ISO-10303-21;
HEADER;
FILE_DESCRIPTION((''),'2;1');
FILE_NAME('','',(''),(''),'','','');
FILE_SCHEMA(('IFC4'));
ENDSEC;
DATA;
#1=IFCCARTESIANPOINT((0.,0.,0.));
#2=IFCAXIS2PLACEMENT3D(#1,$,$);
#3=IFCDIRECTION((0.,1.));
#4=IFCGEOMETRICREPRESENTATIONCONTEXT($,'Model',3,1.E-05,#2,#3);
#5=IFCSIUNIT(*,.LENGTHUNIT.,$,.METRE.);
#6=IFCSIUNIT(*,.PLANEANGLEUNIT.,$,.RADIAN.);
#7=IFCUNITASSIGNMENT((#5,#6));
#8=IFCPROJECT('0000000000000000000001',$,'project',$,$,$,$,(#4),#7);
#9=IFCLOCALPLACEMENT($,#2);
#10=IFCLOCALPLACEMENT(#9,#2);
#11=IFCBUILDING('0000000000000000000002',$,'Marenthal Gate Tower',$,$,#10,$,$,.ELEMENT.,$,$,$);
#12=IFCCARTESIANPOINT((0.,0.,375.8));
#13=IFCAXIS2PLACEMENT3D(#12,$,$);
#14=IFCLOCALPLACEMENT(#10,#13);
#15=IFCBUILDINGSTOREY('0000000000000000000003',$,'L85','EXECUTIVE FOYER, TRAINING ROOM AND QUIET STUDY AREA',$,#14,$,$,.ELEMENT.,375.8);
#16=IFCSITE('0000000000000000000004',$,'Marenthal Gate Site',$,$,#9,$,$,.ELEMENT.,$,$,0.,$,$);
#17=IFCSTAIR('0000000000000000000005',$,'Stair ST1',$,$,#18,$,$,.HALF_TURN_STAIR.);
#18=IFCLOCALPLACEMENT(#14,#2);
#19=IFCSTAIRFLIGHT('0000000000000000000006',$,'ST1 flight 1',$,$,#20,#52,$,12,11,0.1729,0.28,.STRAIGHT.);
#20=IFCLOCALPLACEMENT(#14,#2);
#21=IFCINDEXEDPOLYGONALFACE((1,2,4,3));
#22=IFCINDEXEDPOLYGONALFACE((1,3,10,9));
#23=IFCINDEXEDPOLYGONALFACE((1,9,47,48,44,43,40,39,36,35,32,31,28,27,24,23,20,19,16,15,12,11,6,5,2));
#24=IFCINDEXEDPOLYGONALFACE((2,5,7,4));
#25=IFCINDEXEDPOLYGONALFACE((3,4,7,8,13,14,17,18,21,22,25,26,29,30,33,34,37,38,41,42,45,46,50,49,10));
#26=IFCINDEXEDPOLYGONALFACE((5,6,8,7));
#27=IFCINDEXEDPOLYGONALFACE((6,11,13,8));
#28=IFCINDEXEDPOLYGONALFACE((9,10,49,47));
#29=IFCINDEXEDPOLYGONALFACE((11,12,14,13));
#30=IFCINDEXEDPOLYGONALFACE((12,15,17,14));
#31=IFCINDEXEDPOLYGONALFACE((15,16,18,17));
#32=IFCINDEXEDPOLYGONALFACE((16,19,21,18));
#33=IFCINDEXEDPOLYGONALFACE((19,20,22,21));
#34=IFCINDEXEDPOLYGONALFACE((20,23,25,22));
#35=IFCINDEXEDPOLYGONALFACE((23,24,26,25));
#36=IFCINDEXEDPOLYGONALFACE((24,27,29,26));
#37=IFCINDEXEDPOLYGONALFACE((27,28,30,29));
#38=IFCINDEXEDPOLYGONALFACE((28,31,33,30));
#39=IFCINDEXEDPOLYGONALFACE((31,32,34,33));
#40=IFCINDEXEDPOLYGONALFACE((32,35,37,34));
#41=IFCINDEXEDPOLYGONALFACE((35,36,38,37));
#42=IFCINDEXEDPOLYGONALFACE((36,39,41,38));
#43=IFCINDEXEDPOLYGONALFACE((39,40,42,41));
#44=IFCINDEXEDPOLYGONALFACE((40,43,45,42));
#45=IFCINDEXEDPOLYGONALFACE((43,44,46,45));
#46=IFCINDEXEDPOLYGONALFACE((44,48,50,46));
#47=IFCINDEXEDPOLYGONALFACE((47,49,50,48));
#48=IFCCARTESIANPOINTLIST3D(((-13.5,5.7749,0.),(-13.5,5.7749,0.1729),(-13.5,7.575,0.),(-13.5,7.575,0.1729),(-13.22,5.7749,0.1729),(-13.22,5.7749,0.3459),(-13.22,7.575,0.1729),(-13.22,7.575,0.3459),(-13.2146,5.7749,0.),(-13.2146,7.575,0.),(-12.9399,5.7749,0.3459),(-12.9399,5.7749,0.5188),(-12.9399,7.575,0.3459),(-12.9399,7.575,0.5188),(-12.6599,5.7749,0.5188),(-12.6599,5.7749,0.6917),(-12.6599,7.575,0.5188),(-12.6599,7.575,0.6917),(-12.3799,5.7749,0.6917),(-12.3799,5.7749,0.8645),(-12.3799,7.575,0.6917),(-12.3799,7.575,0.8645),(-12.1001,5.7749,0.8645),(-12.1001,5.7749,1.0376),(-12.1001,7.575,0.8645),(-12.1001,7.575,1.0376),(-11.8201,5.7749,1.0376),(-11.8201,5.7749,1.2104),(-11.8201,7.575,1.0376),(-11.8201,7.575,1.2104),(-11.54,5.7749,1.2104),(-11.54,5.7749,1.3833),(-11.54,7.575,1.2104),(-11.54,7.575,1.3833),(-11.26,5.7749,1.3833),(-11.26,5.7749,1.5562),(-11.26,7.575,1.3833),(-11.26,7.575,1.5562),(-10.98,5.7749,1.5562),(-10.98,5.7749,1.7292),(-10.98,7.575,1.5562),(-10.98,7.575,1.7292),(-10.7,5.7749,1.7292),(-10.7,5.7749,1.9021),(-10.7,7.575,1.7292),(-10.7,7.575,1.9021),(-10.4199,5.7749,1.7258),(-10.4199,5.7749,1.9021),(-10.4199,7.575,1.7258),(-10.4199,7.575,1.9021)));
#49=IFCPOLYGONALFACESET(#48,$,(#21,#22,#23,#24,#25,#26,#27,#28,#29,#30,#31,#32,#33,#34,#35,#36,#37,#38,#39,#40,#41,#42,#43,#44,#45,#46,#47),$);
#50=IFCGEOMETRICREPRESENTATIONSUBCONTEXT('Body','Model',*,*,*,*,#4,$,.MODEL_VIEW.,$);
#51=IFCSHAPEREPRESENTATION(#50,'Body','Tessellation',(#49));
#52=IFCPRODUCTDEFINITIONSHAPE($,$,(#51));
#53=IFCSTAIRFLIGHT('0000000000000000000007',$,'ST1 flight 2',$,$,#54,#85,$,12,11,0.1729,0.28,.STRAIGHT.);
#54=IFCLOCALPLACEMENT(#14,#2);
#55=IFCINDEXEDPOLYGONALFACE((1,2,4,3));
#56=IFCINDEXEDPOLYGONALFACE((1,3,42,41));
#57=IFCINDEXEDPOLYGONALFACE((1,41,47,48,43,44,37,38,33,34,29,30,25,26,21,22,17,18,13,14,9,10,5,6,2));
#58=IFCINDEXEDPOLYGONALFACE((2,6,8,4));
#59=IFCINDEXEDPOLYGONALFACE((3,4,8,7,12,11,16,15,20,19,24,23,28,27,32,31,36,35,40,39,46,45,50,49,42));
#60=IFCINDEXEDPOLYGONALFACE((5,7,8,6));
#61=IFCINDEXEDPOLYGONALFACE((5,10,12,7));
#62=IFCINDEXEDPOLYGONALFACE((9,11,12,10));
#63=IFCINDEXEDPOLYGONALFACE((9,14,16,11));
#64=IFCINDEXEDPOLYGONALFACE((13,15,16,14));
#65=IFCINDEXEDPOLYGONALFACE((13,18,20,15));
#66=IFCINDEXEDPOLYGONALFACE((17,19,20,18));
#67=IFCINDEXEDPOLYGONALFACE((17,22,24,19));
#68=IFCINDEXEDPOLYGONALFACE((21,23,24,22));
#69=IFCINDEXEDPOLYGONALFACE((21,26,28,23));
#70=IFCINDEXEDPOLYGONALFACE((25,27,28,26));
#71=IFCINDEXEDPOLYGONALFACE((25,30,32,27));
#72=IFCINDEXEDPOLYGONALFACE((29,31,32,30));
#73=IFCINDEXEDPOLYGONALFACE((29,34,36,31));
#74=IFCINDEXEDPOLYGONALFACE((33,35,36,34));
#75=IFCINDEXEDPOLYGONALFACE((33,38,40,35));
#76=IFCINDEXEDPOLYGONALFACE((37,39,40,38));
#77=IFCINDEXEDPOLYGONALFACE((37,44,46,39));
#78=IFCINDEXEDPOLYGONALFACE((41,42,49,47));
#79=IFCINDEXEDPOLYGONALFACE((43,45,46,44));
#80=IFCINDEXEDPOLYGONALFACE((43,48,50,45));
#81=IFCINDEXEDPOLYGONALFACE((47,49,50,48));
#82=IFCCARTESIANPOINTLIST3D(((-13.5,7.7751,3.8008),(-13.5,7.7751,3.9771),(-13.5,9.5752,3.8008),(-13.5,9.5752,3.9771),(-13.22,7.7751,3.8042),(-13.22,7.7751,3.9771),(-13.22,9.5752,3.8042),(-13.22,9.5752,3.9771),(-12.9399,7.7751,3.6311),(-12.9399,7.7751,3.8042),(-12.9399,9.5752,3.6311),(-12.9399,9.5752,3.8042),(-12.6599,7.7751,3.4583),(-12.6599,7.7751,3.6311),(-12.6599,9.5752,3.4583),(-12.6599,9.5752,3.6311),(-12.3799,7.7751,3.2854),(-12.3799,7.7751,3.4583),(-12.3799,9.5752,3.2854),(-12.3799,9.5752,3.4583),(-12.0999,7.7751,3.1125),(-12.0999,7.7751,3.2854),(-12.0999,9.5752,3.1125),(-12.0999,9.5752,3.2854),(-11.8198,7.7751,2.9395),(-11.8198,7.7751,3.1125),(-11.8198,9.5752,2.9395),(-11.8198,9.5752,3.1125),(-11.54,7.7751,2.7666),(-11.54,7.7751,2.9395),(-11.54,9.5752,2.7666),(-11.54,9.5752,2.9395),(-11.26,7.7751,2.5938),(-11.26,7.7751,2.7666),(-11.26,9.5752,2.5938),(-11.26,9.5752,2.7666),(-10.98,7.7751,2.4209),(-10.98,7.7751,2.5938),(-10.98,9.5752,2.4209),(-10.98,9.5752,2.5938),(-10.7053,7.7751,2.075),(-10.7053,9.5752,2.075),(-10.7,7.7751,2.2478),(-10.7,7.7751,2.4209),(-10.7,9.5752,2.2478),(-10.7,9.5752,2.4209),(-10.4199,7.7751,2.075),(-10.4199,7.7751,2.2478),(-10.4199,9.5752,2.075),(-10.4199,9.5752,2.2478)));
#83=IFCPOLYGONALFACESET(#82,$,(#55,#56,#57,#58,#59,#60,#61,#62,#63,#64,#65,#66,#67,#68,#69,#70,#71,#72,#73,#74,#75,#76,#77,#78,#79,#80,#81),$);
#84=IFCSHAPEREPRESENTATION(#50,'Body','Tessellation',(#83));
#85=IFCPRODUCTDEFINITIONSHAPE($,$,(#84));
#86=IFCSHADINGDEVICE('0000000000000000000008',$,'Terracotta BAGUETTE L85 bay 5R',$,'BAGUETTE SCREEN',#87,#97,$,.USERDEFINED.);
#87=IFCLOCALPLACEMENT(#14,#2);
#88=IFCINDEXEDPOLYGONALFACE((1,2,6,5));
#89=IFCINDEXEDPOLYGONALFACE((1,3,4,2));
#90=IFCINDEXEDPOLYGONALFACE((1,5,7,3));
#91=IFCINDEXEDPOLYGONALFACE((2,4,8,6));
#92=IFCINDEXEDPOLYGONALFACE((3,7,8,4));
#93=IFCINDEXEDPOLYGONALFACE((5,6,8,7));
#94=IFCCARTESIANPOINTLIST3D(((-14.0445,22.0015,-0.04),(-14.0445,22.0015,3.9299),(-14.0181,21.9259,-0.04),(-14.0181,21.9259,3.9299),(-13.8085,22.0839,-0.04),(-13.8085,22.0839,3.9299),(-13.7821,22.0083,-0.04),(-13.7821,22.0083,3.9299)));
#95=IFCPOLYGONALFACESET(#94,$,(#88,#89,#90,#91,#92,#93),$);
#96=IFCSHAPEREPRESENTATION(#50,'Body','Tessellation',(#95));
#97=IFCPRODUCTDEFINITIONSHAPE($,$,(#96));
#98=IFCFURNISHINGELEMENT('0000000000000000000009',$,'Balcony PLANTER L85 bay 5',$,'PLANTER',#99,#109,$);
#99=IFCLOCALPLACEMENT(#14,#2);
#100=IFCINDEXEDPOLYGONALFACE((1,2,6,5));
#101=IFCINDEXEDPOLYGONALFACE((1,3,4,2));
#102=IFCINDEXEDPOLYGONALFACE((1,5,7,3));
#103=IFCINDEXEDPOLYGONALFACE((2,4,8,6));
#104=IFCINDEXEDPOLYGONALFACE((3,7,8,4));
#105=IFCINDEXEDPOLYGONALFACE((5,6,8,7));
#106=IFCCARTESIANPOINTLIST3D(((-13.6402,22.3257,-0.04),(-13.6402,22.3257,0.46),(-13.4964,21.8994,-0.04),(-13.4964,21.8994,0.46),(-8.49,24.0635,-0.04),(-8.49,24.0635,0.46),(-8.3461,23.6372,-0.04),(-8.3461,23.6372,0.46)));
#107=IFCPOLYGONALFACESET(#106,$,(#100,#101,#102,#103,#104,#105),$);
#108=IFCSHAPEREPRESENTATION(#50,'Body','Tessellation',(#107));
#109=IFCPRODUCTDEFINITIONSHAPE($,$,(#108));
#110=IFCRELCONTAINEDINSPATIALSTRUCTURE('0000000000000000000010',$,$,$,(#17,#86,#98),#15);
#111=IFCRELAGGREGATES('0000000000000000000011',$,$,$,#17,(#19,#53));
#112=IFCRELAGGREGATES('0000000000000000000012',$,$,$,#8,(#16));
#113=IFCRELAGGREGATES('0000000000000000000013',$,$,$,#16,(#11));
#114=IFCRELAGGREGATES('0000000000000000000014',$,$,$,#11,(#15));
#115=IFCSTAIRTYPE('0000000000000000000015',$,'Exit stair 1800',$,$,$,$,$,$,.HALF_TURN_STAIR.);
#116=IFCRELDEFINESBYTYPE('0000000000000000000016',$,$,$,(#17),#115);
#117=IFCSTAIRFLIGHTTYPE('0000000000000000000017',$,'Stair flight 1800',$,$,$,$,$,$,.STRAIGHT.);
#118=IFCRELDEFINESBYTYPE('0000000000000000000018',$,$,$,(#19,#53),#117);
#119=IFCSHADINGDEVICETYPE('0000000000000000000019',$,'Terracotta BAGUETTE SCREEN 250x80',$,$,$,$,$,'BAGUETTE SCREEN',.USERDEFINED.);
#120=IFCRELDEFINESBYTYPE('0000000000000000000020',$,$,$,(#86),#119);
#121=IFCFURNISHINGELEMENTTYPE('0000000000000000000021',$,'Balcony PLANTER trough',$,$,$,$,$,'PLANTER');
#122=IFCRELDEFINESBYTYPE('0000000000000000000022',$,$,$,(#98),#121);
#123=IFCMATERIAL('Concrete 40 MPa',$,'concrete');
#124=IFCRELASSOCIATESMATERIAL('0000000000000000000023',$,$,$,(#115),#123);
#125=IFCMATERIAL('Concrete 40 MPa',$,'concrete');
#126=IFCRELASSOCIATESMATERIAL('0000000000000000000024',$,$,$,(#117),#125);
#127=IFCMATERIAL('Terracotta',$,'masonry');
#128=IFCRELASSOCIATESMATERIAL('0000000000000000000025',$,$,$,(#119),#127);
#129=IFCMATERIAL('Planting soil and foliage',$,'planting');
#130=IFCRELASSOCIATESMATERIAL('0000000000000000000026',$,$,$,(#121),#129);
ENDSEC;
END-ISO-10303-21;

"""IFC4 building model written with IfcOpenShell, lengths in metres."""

from ifc_helpers import new_model, si_unit, direction, frame, origin, origin_2d, place, context, subcontext, project, spatial, polyline, rectangle, outline, extrude, material, material_profile, profile_set, type_object, element, aggregate, save


model = new_model("IFC4")

# Units and contexts
model_context = context("Model", 3, precision=1e-05, world=origin(), true_north=direction((0.0, 1.0)))
body_context = subcontext(model_context, "Body", "Model", "MODEL_VIEW")
ifc_project = project(units=[si_unit("LENGTHUNIT", "METRE"), si_unit("PLANEANGLEUNIT", "RADIAN")], contexts=[model_context])

# Site, building, storey
site_placement = place(None, origin())
site = spatial("IfcSite", under=ifc_project, at=site_placement, Name="Marenthal Gate Site", CompositionType="ELEMENT", RefElevation=0.0)
building_placement = place(site_placement, origin())
building = spatial("IfcBuilding", under=site, at=building_placement, Name="Marenthal Gate Tower", CompositionType="ELEMENT")
storey_placement = place(building_placement, frame((0.0, 0.0, 375.8)))
storey = spatial("IfcBuildingStorey", under=building, at=storey_placement, Name="L85", Description="EXECUTIVE FOYER, TRAINING ROOM AND QUIET STUDY AREA", CompositionType="ELEMENT", Elevation=375.8)

# Stair, stair flights
ifc_material_1 = material(Name="Concrete 40 MPa", Category="concrete")
stair_type = type_object("IfcStairType", Name="Exit stair 1800", PredefinedType="HALF_TURN_STAIR", material=ifc_material_1)
stair_placement = place(storey_placement, origin())
stair = element("IfcStair", 1, at=stair_placement, inside=storey, type_object=stair_type, Name="Stair ST1", PredefinedType="HALF_TURN_STAIR")
ifc_material_2 = material(Name="Concrete 40 MPa", Category="concrete")
stair_flight_type = type_object("IfcStairFlightType", Name="Stair flight 1800", PredefinedType="STRAIGHT", material=ifc_material_2)
stair_flight_1_placement = place(storey_placement, frame((-13.5, 6.675, 0.0), z_axis=(0.0, 0.0, 1.0), x_axis=(1.0, 0.0, 0.0)))
stair_flight_1 = element("IfcStairFlight", 2, at=stair_flight_1_placement, type_object=stair_flight_type, Name="ST1 flight 1", NumberOfRisers=12, NumberOfTreads=11, PredefinedType="STRAIGHT", RiserHeight=0.1729, TreadLength=0.28, context=body_context, shape_type="SweptSolid", body=[
    extrude(outline(polyline([(0.0, 0.0), (0.0, 0.1729), (0.28, 0.1729), (0.28, 0.3459), (0.5601, 0.3459), (0.5601, 0.5188), (0.8401, 0.5188), (0.8401, 0.6917), (1.1201, 0.6917), (1.1201, 0.8645), (1.3999, 0.8645), (1.3999, 1.0376), (1.6799, 1.0376), (1.6799, 1.2104), (1.96, 1.2104), (1.96, 1.3833), (2.24, 1.3833), (2.24, 1.5562), (2.52, 1.5562), (2.52, 1.7292), (2.8, 1.7292), (2.8, 1.9021), (3.0801, 1.9021), (3.0801, 2.075), (3.0801, 1.7258), (0.2854, 0.0), (0.0, 0.0)])), frame((0.0, 0.8999, 0.0), z_axis=(0.0, -1.0, 0.0), x_axis=(1.0, 0.0, 0.0)), (0.0, 0.0, 1.0), 1.8),
])
stair_flight_2_placement = place(storey_placement, frame((-10.4199, 8.675, 2.075), z_axis=(0.0, 0.0, 1.0), x_axis=(-1.0, 0.0, 0.0)))
stair_flight_2 = element("IfcStairFlight", 3, at=stair_flight_2_placement, type_object=stair_flight_type, Name="ST1 flight 2", NumberOfRisers=12, NumberOfTreads=11, PredefinedType="STRAIGHT", RiserHeight=0.1729, TreadLength=0.28, context=body_context, shape_type="SweptSolid", body=[
    extrude(outline(polyline([(0.0, 0.0), (0.0, 0.1729), (0.28, 0.1729), (0.28, 0.3459), (0.5601, 0.3459), (0.5601, 0.5188), (0.8401, 0.5188), (0.8401, 0.6917), (1.1201, 0.6917), (1.1201, 0.8645), (1.3999, 0.8645), (1.3999, 1.0376), (1.6799, 1.0376), (1.6799, 1.2104), (1.96, 1.2104), (1.96, 1.3833), (2.24, 1.3833), (2.24, 1.5562), (2.52, 1.5562), (2.52, 1.7292), (2.8, 1.7292), (2.8, 1.9021), (3.0801, 1.9021), (3.0801, 2.075), (3.0801, 1.7258), (0.2854, 0.0), (0.0, 0.0)])), frame((0.0, 0.8999, 0.0), z_axis=(0.0, -1.0, 0.0), x_axis=(1.0, 0.0, 0.0)), (0.0, 0.0, 1.0), 1.8),
])
aggregate(stair, [stair_flight_1, stair_flight_2])

# Shading device
ifc_material_3 = material(Name="Terracotta", Category="masonry")
ifc_material_profile_1 = material_profile(ifc_material_3, rectangle(XDim=0.25, YDim=0.0801, at=origin_2d()), Name="Terracotta baguette 250x80")
ifc_profile_set_1 = profile_set([ifc_material_profile_1], Name="Terracotta")
shading_device_type = type_object("IfcShadingDeviceType", Name="Terracotta BAGUETTE SCREEN 250x80", ElementType="BAGUETTE SCREEN", PredefinedType="USERDEFINED", material=ifc_profile_set_1)
shading_device_placement = place(storey_placement, frame((-13.9133, 22.0049, -0.04), z_axis=(0.0, 0.0, 1.0), x_axis=(-0.944082, -0.32971, 0.0)))
element("IfcShadingDevice", 4, at=shading_device_placement, inside=storey, type_object=shading_device_type, Name="Terracotta BAGUETTE L85 bay 5R", ObjectType="BAGUETTE SCREEN", PredefinedType="USERDEFINED", context=body_context, shape_type="SweptSolid", body=[
    extrude(rectangle(XDim=0.25, YDim=0.0801, at=origin_2d()), origin(), (0.0, 0.0, 1.0), 3.97),
])

# Furnishing element
ifc_material_4 = material(Name="Planting soil and foliage", Category="planting")
furnishing_element_type = type_object("IfcFurnishingElementType", Name="Balcony PLANTER trough", ElementType="PLANTER", material=ifc_material_4)
furnishing_placement = place(storey_placement, frame((-10.9932, 22.9814, -0.04), z_axis=(0.0, 0.0, 1.0), x_axis=(-0.947516, -0.319708, 0.0)))
element("IfcFurnishingElement", 5, at=furnishing_placement, inside=storey, type_object=furnishing_element_type, Name="Balcony PLANTER L85 bay 5", ObjectType="PLANTER", context=body_context, shape_type="SweptSolid", body=[
    extrude(rectangle(XDim=5.4355, YDim=0.45, at=origin_2d()), origin(), (0.0, 0.0, 1.0), 0.5),
])

save(model, "model.ifc")
